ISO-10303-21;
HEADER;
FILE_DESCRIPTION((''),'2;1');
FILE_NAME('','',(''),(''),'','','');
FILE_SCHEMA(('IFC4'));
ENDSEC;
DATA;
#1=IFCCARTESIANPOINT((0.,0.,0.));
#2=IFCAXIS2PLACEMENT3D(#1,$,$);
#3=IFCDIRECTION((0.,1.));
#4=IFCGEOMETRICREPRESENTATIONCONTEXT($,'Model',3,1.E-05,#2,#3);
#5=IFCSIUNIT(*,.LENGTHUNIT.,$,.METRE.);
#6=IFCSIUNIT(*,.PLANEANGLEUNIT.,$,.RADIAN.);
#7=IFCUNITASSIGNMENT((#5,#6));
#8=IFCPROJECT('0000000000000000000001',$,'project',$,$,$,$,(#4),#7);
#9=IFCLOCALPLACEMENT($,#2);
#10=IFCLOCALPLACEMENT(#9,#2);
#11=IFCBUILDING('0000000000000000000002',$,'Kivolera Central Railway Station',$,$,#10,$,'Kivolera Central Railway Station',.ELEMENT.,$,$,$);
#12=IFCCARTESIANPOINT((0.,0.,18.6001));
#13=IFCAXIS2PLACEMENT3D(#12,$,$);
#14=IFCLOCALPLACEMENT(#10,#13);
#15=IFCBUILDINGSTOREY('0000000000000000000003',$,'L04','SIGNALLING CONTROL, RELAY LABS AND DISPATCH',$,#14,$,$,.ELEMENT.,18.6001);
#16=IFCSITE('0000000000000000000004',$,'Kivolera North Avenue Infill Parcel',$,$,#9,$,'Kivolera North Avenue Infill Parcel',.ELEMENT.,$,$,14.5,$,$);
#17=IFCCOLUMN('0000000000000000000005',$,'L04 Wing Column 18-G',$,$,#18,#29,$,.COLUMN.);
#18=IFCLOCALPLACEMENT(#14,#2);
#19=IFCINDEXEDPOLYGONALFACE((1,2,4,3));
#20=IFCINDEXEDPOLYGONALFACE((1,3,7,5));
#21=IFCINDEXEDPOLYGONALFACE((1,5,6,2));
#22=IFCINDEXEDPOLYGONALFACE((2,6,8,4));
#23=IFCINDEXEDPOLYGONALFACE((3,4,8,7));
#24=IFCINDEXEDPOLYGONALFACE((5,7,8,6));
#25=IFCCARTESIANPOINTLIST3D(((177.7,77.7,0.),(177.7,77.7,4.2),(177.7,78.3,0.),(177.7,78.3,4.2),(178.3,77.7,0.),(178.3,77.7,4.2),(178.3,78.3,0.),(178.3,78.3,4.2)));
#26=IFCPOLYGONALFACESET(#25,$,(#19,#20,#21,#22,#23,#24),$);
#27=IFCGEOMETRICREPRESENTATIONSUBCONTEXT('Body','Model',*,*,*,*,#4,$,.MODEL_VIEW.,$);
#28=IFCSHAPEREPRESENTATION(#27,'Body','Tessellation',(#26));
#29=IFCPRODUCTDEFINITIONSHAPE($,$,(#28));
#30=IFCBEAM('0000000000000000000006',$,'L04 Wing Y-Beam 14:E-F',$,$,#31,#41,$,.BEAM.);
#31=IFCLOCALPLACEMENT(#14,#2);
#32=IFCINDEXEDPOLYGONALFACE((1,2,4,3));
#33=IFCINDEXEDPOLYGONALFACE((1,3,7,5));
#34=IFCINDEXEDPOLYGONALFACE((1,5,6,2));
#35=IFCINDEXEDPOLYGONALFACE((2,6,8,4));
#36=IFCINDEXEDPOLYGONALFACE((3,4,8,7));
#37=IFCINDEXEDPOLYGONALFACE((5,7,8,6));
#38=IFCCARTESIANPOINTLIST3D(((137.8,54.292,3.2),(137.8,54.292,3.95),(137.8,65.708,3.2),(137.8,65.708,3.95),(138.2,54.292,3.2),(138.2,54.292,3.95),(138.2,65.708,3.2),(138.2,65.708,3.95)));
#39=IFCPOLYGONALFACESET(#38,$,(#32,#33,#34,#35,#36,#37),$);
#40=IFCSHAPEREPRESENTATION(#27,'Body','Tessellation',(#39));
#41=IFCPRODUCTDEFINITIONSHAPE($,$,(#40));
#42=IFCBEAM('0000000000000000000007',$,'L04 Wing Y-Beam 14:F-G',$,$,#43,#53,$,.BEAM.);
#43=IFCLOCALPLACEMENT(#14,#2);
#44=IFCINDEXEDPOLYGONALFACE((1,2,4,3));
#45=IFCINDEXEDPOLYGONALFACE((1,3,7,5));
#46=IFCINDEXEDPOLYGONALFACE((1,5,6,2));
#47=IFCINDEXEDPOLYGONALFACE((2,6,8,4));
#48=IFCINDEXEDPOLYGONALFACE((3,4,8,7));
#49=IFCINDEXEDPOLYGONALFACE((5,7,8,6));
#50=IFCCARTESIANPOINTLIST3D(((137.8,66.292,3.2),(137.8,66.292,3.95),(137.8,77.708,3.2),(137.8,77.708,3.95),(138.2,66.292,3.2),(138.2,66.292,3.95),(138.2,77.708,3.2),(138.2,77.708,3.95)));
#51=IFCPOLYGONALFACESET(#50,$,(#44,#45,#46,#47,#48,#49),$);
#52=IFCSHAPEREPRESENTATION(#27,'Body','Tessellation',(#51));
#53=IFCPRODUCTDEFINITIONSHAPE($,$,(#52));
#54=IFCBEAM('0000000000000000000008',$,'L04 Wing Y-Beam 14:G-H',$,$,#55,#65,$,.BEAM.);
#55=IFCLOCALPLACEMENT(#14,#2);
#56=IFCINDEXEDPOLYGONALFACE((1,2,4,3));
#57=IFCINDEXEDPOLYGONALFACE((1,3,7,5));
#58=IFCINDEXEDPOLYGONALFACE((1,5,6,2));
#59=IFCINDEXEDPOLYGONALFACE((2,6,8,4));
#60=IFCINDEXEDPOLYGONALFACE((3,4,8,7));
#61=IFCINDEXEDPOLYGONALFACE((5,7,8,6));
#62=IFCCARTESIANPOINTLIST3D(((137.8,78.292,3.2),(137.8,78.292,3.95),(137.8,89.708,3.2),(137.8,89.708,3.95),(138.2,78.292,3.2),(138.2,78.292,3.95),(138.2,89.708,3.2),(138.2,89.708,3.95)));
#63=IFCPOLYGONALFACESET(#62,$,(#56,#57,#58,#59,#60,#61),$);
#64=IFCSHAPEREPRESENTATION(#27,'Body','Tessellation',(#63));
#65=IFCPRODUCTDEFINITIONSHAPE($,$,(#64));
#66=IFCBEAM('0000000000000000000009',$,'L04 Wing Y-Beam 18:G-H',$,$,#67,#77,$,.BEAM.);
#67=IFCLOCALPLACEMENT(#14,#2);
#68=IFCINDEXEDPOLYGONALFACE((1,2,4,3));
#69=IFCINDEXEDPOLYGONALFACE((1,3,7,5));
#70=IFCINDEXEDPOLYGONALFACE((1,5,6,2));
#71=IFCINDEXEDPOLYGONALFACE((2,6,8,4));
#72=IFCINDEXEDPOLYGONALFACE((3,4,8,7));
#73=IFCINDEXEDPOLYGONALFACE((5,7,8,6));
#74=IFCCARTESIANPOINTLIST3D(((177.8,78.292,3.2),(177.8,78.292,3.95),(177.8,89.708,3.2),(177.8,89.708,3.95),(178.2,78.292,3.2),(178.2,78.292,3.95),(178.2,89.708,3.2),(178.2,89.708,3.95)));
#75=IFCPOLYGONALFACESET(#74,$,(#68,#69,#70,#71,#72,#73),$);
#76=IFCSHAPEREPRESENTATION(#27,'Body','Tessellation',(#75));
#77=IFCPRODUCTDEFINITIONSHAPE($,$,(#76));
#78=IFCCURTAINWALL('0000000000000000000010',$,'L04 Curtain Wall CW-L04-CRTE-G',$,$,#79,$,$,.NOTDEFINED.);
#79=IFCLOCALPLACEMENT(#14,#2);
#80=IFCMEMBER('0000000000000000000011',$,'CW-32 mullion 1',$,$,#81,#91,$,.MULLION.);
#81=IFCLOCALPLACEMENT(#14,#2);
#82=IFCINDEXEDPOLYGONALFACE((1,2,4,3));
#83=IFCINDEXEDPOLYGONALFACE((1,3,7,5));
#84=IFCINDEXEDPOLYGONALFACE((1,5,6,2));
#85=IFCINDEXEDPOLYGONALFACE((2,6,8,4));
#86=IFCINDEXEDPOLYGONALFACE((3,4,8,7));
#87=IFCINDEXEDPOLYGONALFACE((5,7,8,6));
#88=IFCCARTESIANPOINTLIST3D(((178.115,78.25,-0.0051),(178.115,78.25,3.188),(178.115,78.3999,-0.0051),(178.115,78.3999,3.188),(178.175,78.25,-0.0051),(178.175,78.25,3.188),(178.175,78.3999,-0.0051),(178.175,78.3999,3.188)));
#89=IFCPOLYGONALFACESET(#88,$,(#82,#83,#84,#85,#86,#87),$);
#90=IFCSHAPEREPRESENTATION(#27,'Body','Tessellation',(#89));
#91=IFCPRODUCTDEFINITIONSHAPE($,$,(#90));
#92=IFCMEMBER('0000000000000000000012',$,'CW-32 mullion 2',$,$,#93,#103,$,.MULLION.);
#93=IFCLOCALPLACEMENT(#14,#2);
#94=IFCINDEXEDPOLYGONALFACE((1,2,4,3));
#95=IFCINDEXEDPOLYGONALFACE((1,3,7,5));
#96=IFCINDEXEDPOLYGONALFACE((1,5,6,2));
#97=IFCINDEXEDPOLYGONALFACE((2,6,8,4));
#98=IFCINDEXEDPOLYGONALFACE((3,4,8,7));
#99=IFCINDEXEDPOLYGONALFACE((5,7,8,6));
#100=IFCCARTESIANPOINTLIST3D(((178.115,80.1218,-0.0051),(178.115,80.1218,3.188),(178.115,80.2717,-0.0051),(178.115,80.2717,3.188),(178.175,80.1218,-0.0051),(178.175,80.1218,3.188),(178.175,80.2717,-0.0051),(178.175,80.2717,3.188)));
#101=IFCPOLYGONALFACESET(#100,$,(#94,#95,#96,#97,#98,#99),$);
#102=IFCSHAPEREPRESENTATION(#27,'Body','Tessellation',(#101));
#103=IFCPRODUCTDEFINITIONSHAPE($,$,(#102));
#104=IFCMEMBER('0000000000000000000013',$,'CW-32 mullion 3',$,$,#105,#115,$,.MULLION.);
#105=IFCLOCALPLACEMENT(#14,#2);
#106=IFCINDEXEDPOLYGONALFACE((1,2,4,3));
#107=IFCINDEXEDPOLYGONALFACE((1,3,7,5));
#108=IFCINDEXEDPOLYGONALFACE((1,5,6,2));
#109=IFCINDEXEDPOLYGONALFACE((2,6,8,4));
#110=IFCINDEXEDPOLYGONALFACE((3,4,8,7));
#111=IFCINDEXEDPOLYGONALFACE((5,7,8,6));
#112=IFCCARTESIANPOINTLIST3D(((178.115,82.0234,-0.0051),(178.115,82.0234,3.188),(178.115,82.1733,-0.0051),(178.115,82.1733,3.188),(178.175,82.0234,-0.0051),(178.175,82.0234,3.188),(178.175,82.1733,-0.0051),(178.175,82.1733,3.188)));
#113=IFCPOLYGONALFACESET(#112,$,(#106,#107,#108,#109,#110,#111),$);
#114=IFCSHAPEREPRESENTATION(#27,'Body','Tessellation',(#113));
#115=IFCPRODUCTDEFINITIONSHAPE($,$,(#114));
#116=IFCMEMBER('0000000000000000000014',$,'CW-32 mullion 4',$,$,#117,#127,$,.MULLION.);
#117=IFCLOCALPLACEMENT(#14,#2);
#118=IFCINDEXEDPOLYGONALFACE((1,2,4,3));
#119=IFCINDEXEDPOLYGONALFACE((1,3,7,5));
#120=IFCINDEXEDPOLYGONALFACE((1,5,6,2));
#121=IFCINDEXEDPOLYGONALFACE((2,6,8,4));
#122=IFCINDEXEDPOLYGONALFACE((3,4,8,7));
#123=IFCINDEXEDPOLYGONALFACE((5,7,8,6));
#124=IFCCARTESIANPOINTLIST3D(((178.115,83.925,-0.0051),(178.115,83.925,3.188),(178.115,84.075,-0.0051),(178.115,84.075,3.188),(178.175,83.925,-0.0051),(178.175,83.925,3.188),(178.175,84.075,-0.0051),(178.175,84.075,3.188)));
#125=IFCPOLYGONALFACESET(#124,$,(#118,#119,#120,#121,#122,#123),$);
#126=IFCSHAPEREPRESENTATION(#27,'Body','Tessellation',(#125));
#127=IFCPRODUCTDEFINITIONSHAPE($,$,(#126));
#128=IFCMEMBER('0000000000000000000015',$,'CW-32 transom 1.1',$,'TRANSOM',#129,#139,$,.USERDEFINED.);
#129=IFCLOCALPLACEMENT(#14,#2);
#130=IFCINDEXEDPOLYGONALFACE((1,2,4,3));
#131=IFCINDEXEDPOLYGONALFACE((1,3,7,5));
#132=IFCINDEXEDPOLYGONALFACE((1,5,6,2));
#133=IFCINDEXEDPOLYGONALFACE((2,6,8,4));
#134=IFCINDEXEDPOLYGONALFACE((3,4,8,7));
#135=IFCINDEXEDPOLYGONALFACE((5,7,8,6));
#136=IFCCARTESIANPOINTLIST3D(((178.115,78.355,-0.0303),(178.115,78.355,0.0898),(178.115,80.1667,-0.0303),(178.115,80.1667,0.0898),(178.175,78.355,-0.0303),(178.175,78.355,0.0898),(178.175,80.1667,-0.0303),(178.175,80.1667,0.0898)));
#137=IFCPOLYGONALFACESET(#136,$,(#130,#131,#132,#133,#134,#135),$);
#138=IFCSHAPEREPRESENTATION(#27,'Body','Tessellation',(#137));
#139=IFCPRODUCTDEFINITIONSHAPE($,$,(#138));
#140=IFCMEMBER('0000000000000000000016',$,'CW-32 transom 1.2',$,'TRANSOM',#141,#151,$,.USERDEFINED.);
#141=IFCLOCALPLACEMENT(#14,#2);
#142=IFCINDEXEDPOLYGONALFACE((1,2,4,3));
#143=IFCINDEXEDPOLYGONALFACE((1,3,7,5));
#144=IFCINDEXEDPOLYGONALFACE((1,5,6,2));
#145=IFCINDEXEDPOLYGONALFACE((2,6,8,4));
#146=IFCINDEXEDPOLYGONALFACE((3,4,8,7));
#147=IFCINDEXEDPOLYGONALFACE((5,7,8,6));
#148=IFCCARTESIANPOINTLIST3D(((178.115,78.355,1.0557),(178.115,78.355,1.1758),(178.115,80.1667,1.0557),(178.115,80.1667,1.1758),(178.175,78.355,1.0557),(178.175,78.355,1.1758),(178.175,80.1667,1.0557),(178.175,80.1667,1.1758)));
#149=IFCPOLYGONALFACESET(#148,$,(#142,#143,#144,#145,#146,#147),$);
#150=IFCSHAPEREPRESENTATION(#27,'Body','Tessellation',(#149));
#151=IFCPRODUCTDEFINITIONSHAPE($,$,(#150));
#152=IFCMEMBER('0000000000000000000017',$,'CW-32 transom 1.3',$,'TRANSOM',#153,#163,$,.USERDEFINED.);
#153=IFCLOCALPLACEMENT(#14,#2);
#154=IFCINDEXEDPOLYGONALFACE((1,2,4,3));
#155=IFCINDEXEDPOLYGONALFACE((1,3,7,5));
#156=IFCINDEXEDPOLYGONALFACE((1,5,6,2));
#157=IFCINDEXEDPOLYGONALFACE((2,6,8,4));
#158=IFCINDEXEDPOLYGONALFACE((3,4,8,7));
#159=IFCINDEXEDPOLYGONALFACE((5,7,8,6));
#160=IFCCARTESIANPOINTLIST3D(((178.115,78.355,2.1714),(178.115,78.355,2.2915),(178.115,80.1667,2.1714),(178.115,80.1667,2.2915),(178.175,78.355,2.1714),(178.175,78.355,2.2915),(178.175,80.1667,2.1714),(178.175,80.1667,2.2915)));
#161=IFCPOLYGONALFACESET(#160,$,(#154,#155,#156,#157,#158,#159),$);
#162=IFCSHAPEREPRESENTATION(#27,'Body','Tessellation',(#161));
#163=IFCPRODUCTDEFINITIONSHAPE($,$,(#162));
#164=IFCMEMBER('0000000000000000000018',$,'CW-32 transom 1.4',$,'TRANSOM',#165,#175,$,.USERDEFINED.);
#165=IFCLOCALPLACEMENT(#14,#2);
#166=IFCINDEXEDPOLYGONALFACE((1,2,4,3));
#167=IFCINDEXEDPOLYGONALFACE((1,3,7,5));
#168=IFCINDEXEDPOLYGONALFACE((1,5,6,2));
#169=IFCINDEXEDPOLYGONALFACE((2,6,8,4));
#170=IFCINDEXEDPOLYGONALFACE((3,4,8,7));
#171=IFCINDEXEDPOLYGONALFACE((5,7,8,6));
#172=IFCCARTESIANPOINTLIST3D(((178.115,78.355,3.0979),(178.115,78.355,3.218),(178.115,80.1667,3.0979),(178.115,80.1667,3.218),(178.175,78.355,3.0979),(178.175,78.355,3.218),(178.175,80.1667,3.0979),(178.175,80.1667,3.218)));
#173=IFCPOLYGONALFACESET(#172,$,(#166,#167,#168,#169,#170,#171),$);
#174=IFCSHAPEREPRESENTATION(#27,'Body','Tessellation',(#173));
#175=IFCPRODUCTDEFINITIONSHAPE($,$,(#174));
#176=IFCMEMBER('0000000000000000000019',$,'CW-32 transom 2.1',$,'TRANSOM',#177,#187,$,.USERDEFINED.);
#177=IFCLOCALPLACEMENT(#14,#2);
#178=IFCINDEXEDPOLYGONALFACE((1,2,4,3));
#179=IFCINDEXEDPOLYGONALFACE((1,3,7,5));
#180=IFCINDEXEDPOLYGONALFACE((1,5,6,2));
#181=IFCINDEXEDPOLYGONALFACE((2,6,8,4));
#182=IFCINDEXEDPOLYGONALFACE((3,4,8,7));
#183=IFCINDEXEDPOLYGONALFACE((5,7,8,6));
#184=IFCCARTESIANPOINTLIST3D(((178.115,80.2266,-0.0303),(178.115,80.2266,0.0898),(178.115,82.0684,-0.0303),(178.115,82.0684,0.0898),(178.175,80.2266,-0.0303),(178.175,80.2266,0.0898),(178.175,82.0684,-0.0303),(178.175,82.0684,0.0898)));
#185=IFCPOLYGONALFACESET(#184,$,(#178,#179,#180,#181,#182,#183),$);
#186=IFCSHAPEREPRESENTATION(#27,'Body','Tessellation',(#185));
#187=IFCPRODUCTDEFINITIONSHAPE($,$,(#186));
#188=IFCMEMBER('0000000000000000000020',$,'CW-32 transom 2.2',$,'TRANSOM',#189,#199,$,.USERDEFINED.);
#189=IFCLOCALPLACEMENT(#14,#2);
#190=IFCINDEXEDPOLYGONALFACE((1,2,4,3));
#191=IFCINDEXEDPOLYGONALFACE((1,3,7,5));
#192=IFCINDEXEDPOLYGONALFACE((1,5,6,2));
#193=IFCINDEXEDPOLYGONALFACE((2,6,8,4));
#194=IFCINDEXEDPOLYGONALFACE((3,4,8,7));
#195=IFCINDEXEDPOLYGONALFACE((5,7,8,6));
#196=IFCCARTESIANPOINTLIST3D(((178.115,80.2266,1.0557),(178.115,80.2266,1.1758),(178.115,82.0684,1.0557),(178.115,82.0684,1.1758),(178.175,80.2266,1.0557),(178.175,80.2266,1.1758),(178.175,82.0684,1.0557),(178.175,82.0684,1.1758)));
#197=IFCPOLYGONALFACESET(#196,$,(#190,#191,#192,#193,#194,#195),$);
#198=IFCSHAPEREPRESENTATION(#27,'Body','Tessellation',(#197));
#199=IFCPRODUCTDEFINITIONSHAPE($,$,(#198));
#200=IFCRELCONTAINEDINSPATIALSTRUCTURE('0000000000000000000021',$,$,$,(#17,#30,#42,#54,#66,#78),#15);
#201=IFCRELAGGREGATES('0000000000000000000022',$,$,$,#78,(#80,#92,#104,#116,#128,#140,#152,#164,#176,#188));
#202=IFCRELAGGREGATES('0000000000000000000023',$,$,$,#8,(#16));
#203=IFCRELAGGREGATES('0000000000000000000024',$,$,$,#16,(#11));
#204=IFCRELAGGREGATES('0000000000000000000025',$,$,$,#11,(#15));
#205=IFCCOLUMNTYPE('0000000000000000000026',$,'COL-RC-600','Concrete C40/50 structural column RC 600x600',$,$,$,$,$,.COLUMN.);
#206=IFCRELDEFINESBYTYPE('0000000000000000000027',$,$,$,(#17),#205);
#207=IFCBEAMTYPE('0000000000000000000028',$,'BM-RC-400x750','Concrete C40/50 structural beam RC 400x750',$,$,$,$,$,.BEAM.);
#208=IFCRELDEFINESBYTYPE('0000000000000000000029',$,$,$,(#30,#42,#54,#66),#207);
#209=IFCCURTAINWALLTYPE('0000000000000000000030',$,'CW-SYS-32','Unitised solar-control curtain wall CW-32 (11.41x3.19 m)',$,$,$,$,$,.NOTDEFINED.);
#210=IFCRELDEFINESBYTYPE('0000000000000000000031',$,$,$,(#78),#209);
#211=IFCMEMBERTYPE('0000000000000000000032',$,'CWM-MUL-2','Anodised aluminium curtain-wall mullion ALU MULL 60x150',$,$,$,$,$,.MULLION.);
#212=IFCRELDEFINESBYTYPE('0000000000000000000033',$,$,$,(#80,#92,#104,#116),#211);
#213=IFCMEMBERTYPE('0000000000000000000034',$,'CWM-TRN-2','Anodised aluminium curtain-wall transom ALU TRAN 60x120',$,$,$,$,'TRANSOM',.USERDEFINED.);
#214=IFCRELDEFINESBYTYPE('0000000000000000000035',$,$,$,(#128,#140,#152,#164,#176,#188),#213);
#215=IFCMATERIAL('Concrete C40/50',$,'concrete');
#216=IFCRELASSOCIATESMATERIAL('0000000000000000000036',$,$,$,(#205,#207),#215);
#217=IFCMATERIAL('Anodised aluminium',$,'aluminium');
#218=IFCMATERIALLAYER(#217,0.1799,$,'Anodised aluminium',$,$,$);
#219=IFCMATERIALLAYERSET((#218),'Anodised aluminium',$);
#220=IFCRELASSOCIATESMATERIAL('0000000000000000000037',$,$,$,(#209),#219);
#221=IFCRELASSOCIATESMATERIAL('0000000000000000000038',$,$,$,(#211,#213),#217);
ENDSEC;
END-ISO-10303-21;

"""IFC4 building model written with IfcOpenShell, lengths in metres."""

from ifc_helpers import new_model, si_unit, direction, frame, origin, origin_2d, place, context, subcontext, project, spatial, rectangle, extrude, material, layer, layer_set, material_profile, profile_set, type_object, element, aggregate, save


model = new_model("IFC4")

# Units and contexts
model_context = context("Model", 3, precision=1e-05, world=origin(), true_north=direction((0.0, 1.0)))
body_context = subcontext(model_context, "Body", "Model", "MODEL_VIEW")
ifc_project = project(units=[si_unit("LENGTHUNIT", "METRE"), si_unit("PLANEANGLEUNIT", "RADIAN")], contexts=[model_context])

# Site, building, storey
site_placement = place(None, origin())
site = spatial("IfcSite", under=ifc_project, at=site_placement, Name="Kivolera North Avenue Infill Parcel", LongName="Kivolera North Avenue Infill Parcel", CompositionType="ELEMENT", RefElevation=14.5)
building_placement = place(site_placement, origin())
building = spatial("IfcBuilding", under=site, at=building_placement, Name="Kivolera Central Railway Station", LongName="Kivolera Central Railway Station", CompositionType="ELEMENT")
storey_placement = place(building_placement, frame((0.0, 0.0, 18.6001)))
storey = spatial("IfcBuildingStorey", under=building, at=storey_placement, Name="L04", Description="SIGNALLING CONTROL, RELAY LABS AND DISPATCH", CompositionType="ELEMENT", Elevation=18.6001)

# Column
ifc_material_1 = material(Name="Concrete C40/50", Category="concrete")
ifc_material_profile_1 = material_profile(ifc_material_1, rectangle(XDim=0.6001, YDim=0.6001, at=origin_2d()), Name="RC 600x600")
ifc_profile_set_1 = profile_set([ifc_material_profile_1], Name="Concrete C40/50")
column_type = type_object("IfcColumnType", Name="COL-RC-600", Description="Concrete C40/50 structural column RC 600x600", PredefinedType="COLUMN", material=ifc_profile_set_1)
column_placement = place(storey_placement, frame((178.0, 78.0, 0.0), z_axis=(0.0, 0.0, 1.0), x_axis=(1.0, 0.0, 0.0)))
element("IfcColumn", 1, at=column_placement, inside=storey, type_object=column_type, Name="L04 Wing Column 18-G", PredefinedType="COLUMN", context=body_context, shape_type="SweptSolid", body=[
    extrude(rectangle(XDim=0.6001, YDim=0.6001, at=origin_2d()), origin(), (0.0, 0.0, 1.0), 4.2),
])

# Beams
ifc_material_profile_2 = material_profile(ifc_material_1, rectangle(XDim=0.3999, YDim=0.75, at=origin_2d()), Name="RC 400x750")
ifc_profile_set_2 = profile_set([ifc_material_profile_2], Name="Concrete C40/50")
beam_type = type_object("IfcBeamType", Name="BM-RC-400x750", Description="Concrete C40/50 structural beam RC 400x750", PredefinedType="BEAM", material=ifc_profile_set_2)
for number, where, z_axis, x_axis, name in (
    (2, (138.0, 54.292, 3.575), (0.0, 1.0, 0.0), (-1.0, 0.0, 0.0), "L04 Wing Y-Beam 14:E-F"),
    (3, (138.0, 66.292, 3.575), (0.0, 1.0, 0.0), (-1.0, 0.0, 0.0), "L04 Wing Y-Beam 14:F-G"),
    (4, (138.0, 78.292, 3.575), (0.0, 1.0, 0.0), (-1.0, 0.0, 0.0), "L04 Wing Y-Beam 14:G-H"),
    (5, (178.0, 78.292, 3.575), (0.0, 1.0, 0.0), (-1.0, 0.0, 0.0), "L04 Wing Y-Beam 18:G-H"),
):
    element("IfcBeam", number, at=place(storey_placement, frame(where, z_axis=z_axis, x_axis=x_axis)), inside=storey, type_object=beam_type, Name=name, PredefinedType="BEAM", context=body_context, shape_type="SweptSolid", body=[
        extrude(rectangle(XDim=0.3999, YDim=0.75, at=origin_2d()), origin(), (0.0, 0.0, 1.0), 11.416),
    ])

# Curtain wall, members
ifc_material_2 = material(Name="Anodised aluminium", Category="aluminium")
ifc_layer_1 = layer(ifc_material_2, 0.1799, Name="Anodised aluminium")
ifc_layer_set_1 = layer_set([ifc_layer_1], Name="Anodised aluminium")
curtain_wall_type = type_object("IfcCurtainWallType", Name="CW-SYS-32", Description="Unitised solar-control curtain wall CW-32 (11.41x3.19 m)", PredefinedType="NOTDEFINED", material=ifc_layer_set_1)
curtain_wall_placement = place(storey_placement, origin())
curtain_wall = element("IfcCurtainWall", 6, at=curtain_wall_placement, inside=storey, type_object=curtain_wall_type, Name="L04 Curtain Wall CW-L04-CRTE-G", PredefinedType="NOTDEFINED")
ifc_material_profile_3 = material_profile(ifc_material_2, rectangle(XDim=0.0601, YDim=0.1499, at=origin_2d()), Name="ALU MULL 60x150")
ifc_profile_set_3 = profile_set([ifc_material_profile_3], Name="Anodised aluminium")
member_type_1 = type_object("IfcMemberType", Name="CWM-MUL-2", Description="Anodised aluminium curtain-wall mullion ALU MULL 60x150", PredefinedType="MULLION", material=ifc_profile_set_3)
member_1_placement = place(storey_placement, frame((178.145, 78.325, -0.0051), z_axis=(0.0, 0.0, 1.0), x_axis=(-1.0, 0.0, 0.0)))
member_1 = element("IfcMember", 7, at=member_1_placement, type_object=member_type_1, Name="CW-32 mullion 1", PredefinedType="MULLION", context=body_context, shape_type="SweptSolid", body=[
    extrude(rectangle(XDim=0.0601, YDim=0.1499, at=origin_2d()), origin(), (0.0, 0.0, 1.0), 3.1931),
])
member_2_placement = place(storey_placement, frame((178.145, 80.1968, -0.0051), z_axis=(0.0, 0.0, 1.0), x_axis=(-1.0, 0.0, 0.0)))
member_2 = element("IfcMember", 8, at=member_2_placement, type_object=member_type_1, Name="CW-32 mullion 2", PredefinedType="MULLION", context=body_context, shape_type="SweptSolid", body=[
    extrude(rectangle(XDim=0.0601, YDim=0.1499, at=origin_2d()), origin(), (0.0, 0.0, 1.0), 3.1931),
])
member_3_placement = place(storey_placement, frame((178.145, 82.0984, -0.0051), z_axis=(0.0, 0.0, 1.0), x_axis=(-1.0, 0.0, 0.0)))
member_3 = element("IfcMember", 9, at=member_3_placement, type_object=member_type_1, Name="CW-32 mullion 3", PredefinedType="MULLION", context=body_context, shape_type="SweptSolid", body=[
    extrude(rectangle(XDim=0.0601, YDim=0.1499, at=origin_2d()), origin(), (0.0, 0.0, 1.0), 3.1931),
])
member_4_placement = place(storey_placement, frame((178.145, 84.0, -0.0051), z_axis=(0.0, 0.0, 1.0), x_axis=(-1.0, 0.0, 0.0)))
member_4 = element("IfcMember", 10, at=member_4_placement, type_object=member_type_1, Name="CW-32 mullion 4", PredefinedType="MULLION", context=body_context, shape_type="SweptSolid", body=[
    extrude(rectangle(XDim=0.0601, YDim=0.1499, at=origin_2d()), origin(), (0.0, 0.0, 1.0), 3.1931),
])
ifc_material_profile_4 = material_profile(ifc_material_2, rectangle(XDim=0.0601, YDim=0.1201, at=origin_2d()), Name="ALU TRAN 60x120")
ifc_profile_set_4 = profile_set([ifc_material_profile_4], Name="Anodised aluminium")
member_type_2 = type_object("IfcMemberType", Name="CWM-TRN-2", Description="Anodised aluminium curtain-wall transom ALU TRAN 60x120", ElementType="TRANSOM", PredefinedType="USERDEFINED", material=ifc_profile_set_4)
member_5_placement = place(storey_placement, frame((178.145, 78.355, 0.0298), z_axis=(0.0, 1.0, 0.0), x_axis=(-1.0, 0.0, 0.0)))
member_5 = element("IfcMember", 11, at=member_5_placement, type_object=member_type_2, Name="CW-32 transom 1.1", ObjectType="TRANSOM", PredefinedType="USERDEFINED", context=body_context, shape_type="SweptSolid", body=[
    extrude(rectangle(XDim=0.0601, YDim=0.1201, at=origin_2d()), origin(), (0.0, 0.0, 1.0), 1.8118),
])
member_6_placement = place(storey_placement, frame((178.145, 78.355, 1.1157), z_axis=(0.0, 1.0, 0.0), x_axis=(-1.0, 0.0, 0.0)))
member_6 = element("IfcMember", 12, at=member_6_placement, type_object=member_type_2, Name="CW-32 transom 1.2", ObjectType="TRANSOM", PredefinedType="USERDEFINED", context=body_context, shape_type="SweptSolid", body=[
    extrude(rectangle(XDim=0.0601, YDim=0.1201, at=origin_2d()), origin(), (0.0, 0.0, 1.0), 1.8118),
])
member_7_placement = place(storey_placement, frame((178.145, 78.355, 2.2314), z_axis=(0.0, 1.0, 0.0), x_axis=(-1.0, 0.0, 0.0)))
member_7 = element("IfcMember", 13, at=member_7_placement, type_object=member_type_2, Name="CW-32 transom 1.3", ObjectType="TRANSOM", PredefinedType="USERDEFINED", context=body_context, shape_type="SweptSolid", body=[
    extrude(rectangle(XDim=0.0601, YDim=0.1201, at=origin_2d()), origin(), (0.0, 0.0, 1.0), 1.8118),
])
member_8_placement = place(storey_placement, frame((178.145, 78.355, 3.158), z_axis=(0.0, 1.0, 0.0), x_axis=(-1.0, 0.0, 0.0)))
member_8 = element("IfcMember", 14, at=member_8_placement, type_object=member_type_2, Name="CW-32 transom 1.4", ObjectType="TRANSOM", PredefinedType="USERDEFINED", context=body_context, shape_type="SweptSolid", body=[
    extrude(rectangle(XDim=0.0601, YDim=0.1201, at=origin_2d()), origin(), (0.0, 0.0, 1.0), 1.8118),
])
member_9_placement = place(storey_placement, frame((178.145, 80.2266, 0.0298), z_axis=(0.0, 1.0, 0.0), x_axis=(-1.0, 0.0, 0.0)))
member_9 = element("IfcMember", 15, at=member_9_placement, type_object=member_type_2, Name="CW-32 transom 2.1", ObjectType="TRANSOM", PredefinedType="USERDEFINED", context=body_context, shape_type="SweptSolid", body=[
    extrude(rectangle(XDim=0.0601, YDim=0.1201, at=origin_2d()), origin(), (0.0, 0.0, 1.0), 1.8418),
])
member_10_placement = place(storey_placement, frame((178.145, 80.2266, 1.1157), z_axis=(0.0, 1.0, 0.0), x_axis=(-1.0, 0.0, 0.0)))
member_10 = element("IfcMember", 16, at=member_10_placement, type_object=member_type_2, Name="CW-32 transom 2.2", ObjectType="TRANSOM", PredefinedType="USERDEFINED", context=body_context, shape_type="SweptSolid", body=[
    extrude(rectangle(XDim=0.0601, YDim=0.1201, at=origin_2d()), origin(), (0.0, 0.0, 1.0), 1.8418),
])
aggregate(curtain_wall, [member_1, member_2, member_3, member_4, member_5, member_6, member_7, member_8, member_9, member_10])

save(model, "model.ifc")
